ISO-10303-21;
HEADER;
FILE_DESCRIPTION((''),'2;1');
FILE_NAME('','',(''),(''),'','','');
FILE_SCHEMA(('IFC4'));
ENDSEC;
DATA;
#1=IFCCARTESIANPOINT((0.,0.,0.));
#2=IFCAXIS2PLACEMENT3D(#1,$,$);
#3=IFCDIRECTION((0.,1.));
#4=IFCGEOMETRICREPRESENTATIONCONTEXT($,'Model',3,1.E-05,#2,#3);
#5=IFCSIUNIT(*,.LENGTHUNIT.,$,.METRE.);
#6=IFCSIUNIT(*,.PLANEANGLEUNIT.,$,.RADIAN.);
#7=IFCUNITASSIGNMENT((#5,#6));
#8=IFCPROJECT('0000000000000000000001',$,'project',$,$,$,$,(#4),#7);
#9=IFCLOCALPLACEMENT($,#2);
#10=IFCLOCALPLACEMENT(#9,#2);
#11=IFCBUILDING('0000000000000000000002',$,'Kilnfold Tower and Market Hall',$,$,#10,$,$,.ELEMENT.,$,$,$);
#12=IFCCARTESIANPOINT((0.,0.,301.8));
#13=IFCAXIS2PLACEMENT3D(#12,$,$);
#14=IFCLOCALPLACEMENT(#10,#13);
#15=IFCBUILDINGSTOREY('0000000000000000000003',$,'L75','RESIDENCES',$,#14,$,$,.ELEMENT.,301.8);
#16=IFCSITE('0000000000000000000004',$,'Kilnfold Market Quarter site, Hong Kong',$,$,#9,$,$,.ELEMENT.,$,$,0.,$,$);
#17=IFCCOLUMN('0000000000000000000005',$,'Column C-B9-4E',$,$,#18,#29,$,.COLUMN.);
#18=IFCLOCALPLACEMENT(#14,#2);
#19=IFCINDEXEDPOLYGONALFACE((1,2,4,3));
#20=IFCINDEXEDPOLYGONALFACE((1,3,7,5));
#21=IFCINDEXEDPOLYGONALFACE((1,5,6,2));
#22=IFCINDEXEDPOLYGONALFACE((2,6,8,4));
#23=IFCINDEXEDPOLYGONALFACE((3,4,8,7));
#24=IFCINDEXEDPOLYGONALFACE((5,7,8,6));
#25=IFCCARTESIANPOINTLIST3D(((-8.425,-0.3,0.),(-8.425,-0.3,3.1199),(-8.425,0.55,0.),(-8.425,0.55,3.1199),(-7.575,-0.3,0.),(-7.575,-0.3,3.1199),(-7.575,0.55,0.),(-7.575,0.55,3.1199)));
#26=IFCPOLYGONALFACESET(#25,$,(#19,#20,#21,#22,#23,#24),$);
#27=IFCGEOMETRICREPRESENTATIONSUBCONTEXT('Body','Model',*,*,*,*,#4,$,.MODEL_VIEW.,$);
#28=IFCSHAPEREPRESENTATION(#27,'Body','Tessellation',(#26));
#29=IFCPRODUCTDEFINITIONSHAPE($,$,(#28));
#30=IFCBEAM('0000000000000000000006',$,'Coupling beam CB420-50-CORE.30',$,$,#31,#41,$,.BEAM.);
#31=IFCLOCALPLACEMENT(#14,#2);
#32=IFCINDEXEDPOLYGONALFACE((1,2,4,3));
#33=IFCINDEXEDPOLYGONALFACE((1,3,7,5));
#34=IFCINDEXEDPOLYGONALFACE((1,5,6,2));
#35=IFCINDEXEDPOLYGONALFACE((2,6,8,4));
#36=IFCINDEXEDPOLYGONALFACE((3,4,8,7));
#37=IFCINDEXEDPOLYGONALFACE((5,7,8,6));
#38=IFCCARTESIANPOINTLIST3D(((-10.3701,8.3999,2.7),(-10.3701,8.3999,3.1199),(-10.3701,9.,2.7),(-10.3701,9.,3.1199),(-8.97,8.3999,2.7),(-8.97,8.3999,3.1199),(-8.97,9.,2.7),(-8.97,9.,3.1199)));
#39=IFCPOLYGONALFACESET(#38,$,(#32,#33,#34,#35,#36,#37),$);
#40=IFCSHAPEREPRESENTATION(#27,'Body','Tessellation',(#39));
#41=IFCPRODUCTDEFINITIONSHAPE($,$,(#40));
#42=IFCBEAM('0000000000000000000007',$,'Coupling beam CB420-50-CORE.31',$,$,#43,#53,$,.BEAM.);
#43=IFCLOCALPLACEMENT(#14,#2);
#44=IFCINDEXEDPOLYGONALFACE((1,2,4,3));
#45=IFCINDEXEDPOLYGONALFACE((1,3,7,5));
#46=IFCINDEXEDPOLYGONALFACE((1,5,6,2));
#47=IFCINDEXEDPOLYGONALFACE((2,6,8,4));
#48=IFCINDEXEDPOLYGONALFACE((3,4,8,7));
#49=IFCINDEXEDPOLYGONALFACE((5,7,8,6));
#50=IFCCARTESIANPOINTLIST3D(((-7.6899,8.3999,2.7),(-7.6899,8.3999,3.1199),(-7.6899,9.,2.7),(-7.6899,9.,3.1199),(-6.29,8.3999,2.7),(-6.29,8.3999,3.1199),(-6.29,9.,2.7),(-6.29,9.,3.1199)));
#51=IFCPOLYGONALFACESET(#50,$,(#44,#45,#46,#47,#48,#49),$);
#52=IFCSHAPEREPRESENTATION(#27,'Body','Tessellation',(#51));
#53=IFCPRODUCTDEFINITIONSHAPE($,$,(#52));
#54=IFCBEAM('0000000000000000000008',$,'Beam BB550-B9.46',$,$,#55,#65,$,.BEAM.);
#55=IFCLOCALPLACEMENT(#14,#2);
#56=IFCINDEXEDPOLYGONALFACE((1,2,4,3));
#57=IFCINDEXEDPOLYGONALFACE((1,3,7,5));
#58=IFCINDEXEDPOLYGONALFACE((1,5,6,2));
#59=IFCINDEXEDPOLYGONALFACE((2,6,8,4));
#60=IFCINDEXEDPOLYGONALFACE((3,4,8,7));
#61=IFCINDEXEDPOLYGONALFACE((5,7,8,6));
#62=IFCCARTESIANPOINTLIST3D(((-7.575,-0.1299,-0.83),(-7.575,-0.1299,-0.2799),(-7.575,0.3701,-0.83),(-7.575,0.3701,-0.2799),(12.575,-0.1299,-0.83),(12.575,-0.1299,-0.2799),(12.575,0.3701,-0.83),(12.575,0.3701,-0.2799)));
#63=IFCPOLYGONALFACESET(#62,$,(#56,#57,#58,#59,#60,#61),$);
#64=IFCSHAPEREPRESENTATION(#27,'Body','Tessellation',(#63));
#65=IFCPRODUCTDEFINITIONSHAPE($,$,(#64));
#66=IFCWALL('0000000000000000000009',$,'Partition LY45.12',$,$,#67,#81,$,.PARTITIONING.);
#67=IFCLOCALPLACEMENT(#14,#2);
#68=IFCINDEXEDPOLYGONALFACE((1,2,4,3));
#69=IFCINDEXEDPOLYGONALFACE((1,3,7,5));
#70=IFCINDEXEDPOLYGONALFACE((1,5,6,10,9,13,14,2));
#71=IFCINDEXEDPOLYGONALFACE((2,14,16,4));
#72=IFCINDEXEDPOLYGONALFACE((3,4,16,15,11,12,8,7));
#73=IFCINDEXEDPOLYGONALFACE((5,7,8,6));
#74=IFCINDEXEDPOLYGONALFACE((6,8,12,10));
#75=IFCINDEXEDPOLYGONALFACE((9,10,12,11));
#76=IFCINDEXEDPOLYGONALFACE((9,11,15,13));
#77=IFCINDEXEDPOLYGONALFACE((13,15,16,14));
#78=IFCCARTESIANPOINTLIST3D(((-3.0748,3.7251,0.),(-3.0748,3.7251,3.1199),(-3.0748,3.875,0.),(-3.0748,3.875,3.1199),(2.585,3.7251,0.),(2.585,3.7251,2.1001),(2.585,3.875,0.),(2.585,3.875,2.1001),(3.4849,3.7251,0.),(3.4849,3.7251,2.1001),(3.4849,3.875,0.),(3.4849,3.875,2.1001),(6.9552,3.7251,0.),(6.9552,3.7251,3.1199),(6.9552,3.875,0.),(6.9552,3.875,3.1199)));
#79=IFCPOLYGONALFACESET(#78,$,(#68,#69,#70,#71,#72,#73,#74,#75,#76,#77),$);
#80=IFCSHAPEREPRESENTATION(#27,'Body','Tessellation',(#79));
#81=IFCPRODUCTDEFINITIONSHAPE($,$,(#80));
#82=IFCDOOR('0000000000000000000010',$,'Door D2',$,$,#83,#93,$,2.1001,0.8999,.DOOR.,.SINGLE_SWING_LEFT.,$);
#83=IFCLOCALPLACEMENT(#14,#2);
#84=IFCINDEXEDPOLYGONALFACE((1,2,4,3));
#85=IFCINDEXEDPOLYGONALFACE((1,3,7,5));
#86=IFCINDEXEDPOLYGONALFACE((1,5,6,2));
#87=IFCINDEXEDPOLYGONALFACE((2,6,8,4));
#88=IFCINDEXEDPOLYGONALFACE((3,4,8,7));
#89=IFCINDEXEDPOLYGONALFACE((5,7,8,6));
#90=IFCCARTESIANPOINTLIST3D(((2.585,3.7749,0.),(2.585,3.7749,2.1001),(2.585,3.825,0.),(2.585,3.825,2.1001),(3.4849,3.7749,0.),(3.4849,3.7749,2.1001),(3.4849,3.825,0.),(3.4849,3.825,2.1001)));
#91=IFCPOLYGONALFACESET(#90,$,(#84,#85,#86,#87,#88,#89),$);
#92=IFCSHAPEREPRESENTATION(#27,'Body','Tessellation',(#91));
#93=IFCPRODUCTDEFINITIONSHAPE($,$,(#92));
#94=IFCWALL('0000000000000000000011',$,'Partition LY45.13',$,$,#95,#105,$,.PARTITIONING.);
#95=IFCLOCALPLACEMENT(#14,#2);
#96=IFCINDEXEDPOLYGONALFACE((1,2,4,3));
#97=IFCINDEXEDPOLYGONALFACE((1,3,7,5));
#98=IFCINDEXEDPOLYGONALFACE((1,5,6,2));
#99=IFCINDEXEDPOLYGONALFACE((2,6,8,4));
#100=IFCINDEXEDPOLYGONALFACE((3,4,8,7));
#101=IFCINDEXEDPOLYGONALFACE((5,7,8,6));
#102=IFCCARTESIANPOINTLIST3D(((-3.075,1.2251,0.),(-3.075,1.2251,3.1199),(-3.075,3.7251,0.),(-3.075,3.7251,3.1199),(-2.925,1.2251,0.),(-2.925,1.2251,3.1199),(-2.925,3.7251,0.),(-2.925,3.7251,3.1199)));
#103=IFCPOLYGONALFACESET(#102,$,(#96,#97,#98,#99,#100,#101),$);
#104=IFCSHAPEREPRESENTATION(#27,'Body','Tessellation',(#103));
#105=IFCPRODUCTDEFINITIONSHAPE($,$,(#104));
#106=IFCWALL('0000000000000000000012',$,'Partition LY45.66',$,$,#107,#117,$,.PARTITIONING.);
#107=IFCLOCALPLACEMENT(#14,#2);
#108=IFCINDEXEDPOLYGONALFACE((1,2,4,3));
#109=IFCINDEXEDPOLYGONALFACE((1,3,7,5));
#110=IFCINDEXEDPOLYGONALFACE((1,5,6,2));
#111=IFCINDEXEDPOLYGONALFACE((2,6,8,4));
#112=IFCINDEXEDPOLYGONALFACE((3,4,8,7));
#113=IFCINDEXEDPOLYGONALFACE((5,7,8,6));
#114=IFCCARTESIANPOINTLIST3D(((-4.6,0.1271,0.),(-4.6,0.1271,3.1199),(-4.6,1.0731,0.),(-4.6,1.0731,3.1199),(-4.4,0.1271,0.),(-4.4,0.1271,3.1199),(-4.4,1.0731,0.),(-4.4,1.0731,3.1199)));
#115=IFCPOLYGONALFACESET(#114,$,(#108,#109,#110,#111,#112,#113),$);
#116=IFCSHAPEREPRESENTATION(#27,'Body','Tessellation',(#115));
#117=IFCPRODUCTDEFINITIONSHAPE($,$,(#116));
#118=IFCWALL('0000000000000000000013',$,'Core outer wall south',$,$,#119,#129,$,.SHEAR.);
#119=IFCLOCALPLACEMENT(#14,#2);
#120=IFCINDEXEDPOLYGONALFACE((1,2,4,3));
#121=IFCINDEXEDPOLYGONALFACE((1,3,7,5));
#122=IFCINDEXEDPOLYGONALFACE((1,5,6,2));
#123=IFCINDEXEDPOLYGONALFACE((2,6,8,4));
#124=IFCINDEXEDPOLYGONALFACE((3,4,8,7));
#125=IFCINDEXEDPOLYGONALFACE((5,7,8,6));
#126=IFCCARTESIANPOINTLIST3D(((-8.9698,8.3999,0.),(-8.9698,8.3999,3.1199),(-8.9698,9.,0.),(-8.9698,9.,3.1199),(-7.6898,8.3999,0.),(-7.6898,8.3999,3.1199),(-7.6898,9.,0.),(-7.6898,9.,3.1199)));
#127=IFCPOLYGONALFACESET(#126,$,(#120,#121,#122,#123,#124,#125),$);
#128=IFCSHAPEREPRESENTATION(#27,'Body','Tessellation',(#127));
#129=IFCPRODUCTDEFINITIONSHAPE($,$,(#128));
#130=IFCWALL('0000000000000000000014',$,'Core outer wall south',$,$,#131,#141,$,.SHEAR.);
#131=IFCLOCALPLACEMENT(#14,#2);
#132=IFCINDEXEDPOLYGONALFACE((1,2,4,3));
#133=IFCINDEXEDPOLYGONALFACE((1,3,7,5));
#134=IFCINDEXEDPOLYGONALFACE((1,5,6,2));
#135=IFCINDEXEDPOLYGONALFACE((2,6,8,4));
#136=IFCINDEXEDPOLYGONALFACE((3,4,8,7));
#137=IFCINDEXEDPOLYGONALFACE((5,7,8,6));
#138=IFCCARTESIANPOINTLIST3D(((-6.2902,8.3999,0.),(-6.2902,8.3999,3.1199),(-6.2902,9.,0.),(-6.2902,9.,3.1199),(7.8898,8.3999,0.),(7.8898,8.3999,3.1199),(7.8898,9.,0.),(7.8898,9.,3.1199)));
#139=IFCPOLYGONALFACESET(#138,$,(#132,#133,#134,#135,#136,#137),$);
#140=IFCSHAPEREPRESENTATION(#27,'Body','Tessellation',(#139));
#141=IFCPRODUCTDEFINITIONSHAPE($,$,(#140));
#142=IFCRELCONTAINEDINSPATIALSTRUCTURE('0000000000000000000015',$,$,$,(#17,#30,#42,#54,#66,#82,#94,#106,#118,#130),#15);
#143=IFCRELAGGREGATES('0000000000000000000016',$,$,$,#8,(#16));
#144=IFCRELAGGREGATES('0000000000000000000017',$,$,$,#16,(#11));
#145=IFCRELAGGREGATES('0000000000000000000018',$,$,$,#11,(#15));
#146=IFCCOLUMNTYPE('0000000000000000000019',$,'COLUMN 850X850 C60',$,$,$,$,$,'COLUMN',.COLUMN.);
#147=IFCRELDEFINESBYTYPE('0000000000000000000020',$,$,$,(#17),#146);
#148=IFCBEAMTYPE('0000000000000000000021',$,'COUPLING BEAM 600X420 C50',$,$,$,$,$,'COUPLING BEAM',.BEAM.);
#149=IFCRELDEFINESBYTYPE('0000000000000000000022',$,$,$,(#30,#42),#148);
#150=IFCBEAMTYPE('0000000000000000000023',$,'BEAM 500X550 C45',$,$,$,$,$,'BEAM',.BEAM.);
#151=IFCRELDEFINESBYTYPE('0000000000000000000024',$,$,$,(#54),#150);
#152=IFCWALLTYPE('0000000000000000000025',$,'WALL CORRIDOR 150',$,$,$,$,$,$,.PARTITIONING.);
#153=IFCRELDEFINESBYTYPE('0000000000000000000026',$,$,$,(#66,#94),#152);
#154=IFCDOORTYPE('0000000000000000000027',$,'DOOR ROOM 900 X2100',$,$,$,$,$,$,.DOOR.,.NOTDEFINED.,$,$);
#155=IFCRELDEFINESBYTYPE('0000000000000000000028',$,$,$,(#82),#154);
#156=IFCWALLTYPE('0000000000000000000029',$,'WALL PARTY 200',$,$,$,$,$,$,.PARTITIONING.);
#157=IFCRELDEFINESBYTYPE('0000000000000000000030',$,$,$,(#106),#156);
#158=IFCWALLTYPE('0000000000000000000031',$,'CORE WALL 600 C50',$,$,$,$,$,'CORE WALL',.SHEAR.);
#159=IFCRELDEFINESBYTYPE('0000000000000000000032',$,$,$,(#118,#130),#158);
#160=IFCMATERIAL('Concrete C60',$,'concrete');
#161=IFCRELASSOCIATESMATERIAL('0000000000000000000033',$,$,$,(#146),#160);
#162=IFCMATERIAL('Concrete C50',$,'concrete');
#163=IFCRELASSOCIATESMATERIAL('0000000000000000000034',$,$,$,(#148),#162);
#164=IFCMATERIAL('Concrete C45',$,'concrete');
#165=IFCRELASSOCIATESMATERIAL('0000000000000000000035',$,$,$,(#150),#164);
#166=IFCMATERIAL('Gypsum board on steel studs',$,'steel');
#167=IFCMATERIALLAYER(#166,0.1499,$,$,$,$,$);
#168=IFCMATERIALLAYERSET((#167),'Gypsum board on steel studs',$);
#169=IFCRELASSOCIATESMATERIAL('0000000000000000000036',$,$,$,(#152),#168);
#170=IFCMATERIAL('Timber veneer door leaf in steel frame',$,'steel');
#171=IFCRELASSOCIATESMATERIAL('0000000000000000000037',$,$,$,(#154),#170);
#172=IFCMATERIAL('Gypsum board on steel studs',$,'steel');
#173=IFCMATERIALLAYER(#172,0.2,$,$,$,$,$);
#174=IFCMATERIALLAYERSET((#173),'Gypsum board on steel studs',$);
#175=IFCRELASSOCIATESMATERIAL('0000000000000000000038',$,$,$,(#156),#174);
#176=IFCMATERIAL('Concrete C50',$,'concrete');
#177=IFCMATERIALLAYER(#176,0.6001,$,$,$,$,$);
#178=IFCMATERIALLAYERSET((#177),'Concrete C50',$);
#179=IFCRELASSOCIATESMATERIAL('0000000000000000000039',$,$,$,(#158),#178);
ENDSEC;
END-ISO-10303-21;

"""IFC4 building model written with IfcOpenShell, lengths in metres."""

from ifc_helpers import new_model, si_unit, direction, frame, frame_2d, origin, origin_2d, place, context, subcontext, project, spatial, rectangle, extrude, source, transform, mapped, material, layer, layer_set, material_profile, profile_set, type_object, element, fill, save


model = new_model("IFC4")

# Units and contexts
model_context = context("Model", 3, precision=1e-05, world=origin(), true_north=direction((0.0, 1.0)))
body_context = subcontext(model_context, "Body", "Model", "MODEL_VIEW")
ifc_project = project(units=[si_unit("LENGTHUNIT", "METRE"), si_unit("PLANEANGLEUNIT", "RADIAN")], contexts=[model_context])

# Site, building, storey
site_placement = place(None, origin())
site = spatial("IfcSite", under=ifc_project, at=site_placement, Name="Kilnfold Market Quarter site, Hong Kong", CompositionType="ELEMENT", RefElevation=0.0)
building_placement = place(site_placement, origin())
building = spatial("IfcBuilding", under=site, at=building_placement, Name="Kilnfold Tower and Market Hall", CompositionType="ELEMENT")
storey_placement = place(building_placement, frame((0.0, 0.0, 301.8)))
storey = spatial("IfcBuildingStorey", under=building, at=storey_placement, Name="L75", Description="RESIDENCES", CompositionType="ELEMENT", Elevation=301.8)

# Column
ifc_material_1 = material(Name="Concrete C60", Category="concrete")
ifc_material_profile_1 = material_profile(ifc_material_1, rectangle(XDim=0.8501, YDim=0.8501, at=origin_2d()), Name="RC 850x850")
ifc_profile_set_1 = profile_set([ifc_material_profile_1], Name="Concrete C60")
column_type = type_object("IfcColumnType", Name="COLUMN 850X850 C60", ElementType="COLUMN", PredefinedType="COLUMN", material=ifc_profile_set_1)
shared_shape_1 = source(origin(), body_context, "Body", "SweptSolid", [
    extrude(rectangle(XDim=0.8501, YDim=0.8501, at=origin_2d()), origin(), (0.0, 0.0, 1.0), 3.1199),
])
column_placement = place(storey_placement, frame((-8.0, 0.125, 0.0), z_axis=(0.0, 0.0, 1.0), x_axis=(1.0, 0.0, 0.0)))
element("IfcColumn", 1, at=column_placement, inside=storey, type_object=column_type, Name="Column C-B9-4E", PredefinedType="COLUMN", context=body_context, shape_type="MappedRepresentation", body=[
    mapped(shared_shape_1, transform((0.0, 0.0, 0.0))),
])

# Beams
ifc_material_2 = material(Name="Concrete C50", Category="concrete")
ifc_material_profile_2 = material_profile(ifc_material_2, rectangle(XDim=0.6001, YDim=0.4199, at=origin_2d()), Name="RC 600x420")
ifc_profile_set_2 = profile_set([ifc_material_profile_2], Name="Concrete C50")
beam_type_1 = type_object("IfcBeamType", Name="COUPLING BEAM 600X420 C50", ElementType="COUPLING BEAM", PredefinedType="BEAM", material=ifc_profile_set_2)
shared_shape_2 = source(origin(), body_context, "Body", "SweptSolid", [
    extrude(rectangle(XDim=0.6001, YDim=0.4199, at=origin_2d()), origin(), (0.0, 0.0, 1.0), 1.4001),
])
beam_1_placement = place(storey_placement, frame((-10.3701, 8.7, 2.9099), z_axis=(1.0, 0.0, 0.0), x_axis=(0.0, 1.0, 0.0)))
element("IfcBeam", 2, at=beam_1_placement, inside=storey, type_object=beam_type_1, Name="Coupling beam CB420-50-CORE.30", PredefinedType="BEAM", context=body_context, shape_type="MappedRepresentation", body=[
    mapped(shared_shape_2, transform((0.0, 0.0, 0.0))),
])
shared_shape_3 = source(origin(), body_context, "Body", "SweptSolid", [
    extrude(rectangle(XDim=0.6001, YDim=0.4199, at=origin_2d()), origin(), (0.0, 0.0, 1.0), 1.3999),
])
beam_2_placement = place(storey_placement, frame((-7.6899, 8.7, 2.9099), z_axis=(1.0, 0.0, 0.0), x_axis=(0.0, 1.0, 0.0)))
element("IfcBeam", 3, at=beam_2_placement, inside=storey, type_object=beam_type_1, Name="Coupling beam CB420-50-CORE.31", PredefinedType="BEAM", context=body_context, shape_type="MappedRepresentation", body=[
    mapped(shared_shape_3, transform((0.0, 0.0, 0.0))),
])
ifc_material_3 = material(Name="Concrete C45", Category="concrete")
ifc_material_profile_3 = material_profile(ifc_material_3, rectangle(XDim=0.5, YDim=0.55, at=origin_2d()), Name="RC 500x550")
ifc_profile_set_3 = profile_set([ifc_material_profile_3], Name="Concrete C45")
beam_type_2 = type_object("IfcBeamType", Name="BEAM 500X550 C45", ElementType="BEAM", PredefinedType="BEAM", material=ifc_profile_set_3)
shared_shape_4 = source(origin(), body_context, "Body", "SweptSolid", [
    extrude(rectangle(XDim=0.5, YDim=0.55, at=origin_2d()), origin(), (0.0, 0.0, 1.0), 20.1499),
])
beam_3_placement = place(storey_placement, frame((-7.575, 0.1201, -0.5549), z_axis=(1.0, 0.0, 0.0), x_axis=(0.0, 1.0, 0.0)))
element("IfcBeam", 4, at=beam_3_placement, inside=storey, type_object=beam_type_2, Name="Beam BB550-B9.46", PredefinedType="BEAM", context=body_context, shape_type="MappedRepresentation", body=[
    mapped(shared_shape_4, transform((0.0, 0.0, 0.0))),
])

# Wall, opening, door
ifc_material_4 = material(Name="Gypsum board on steel studs", Category="steel")
ifc_layer_1 = layer(ifc_material_4, 0.1499)
ifc_layer_set_1 = layer_set([ifc_layer_1], Name="Gypsum board on steel studs")
wall_type_1 = type_object("IfcWallType", Name="WALL CORRIDOR 150", PredefinedType="PARTITIONING", material=ifc_layer_set_1)
wall_1_placement = place(storey_placement, frame((-3.075, 3.8, 0.0), z_axis=(0.0, 0.0, 1.0), x_axis=(1.0, 0.0, 0.0)))
wall_1 = element("IfcWall", 5, at=wall_1_placement, inside=storey, type_object=wall_type_1, Name="Partition LY45.12", PredefinedType="PARTITIONING", context=body_context, shape_type="SweptSolid", body=[
    extrude(rectangle(XDim=10.03, YDim=0.1499, at=frame_2d((5.0151, 0.0))), origin(), (0.0, 0.0, 1.0), 3.1199),
])
opening_1_placement = place(wall_1_placement, frame((5.6599, 0.0, 0.0)))
opening_1 = element("IfcOpeningElement", 6, at=opening_1_placement, cuts=wall_1, PredefinedType="OPENING", context=body_context, shape_type="SweptSolid", body=[
    extrude(rectangle(XDim=0.8999, YDim=2.1001, at=frame_2d((0.45, 1.05))), frame((0.0, 0.085, 0.0), z_axis=(0.0, -1.0, 0.0), x_axis=(1.0, 0.0, 0.0)), (0.0, 0.0, 1.0), 0.1699),
])
ifc_material_5 = material(Name="Timber veneer door leaf in steel frame", Category="steel")
door_type_1 = type_object("IfcDoorType", Name="DOOR ROOM 900 X2100", OperationType="NOTDEFINED", PredefinedType="DOOR", material=ifc_material_5)
door_1_placement = place(opening_1_placement, origin())
door_1 = element("IfcDoor", 7, at=door_1_placement, inside=storey, type_object=door_type_1, Name="Door D2", OperationType="SINGLE_SWING_LEFT", OverallHeight=2.1001, OverallWidth=0.8999, PredefinedType="DOOR", context=body_context, shape_type="SweptSolid", body=[
    extrude(rectangle(XDim=0.8999, YDim=2.1001, at=frame_2d((0.45, 1.05))), frame((0.0, 0.0249, 0.0), z_axis=(0.0, -1.0, 0.0), x_axis=(1.0, 0.0, 0.0)), (0.0, 0.0, 1.0), 0.05),
])
fill(opening_1, door_1)

# Walls
wall_2_placement = place(storey_placement, frame((-3.0, 1.2251, 0.0), z_axis=(0.0, 0.0, 1.0), x_axis=(0.0, 1.0, 0.0)))
element("IfcWall", 8, at=wall_2_placement, inside=storey, type_object=wall_type_1, Name="Partition LY45.13", PredefinedType="PARTITIONING", context=body_context, shape_type="SweptSolid", body=[
    extrude(rectangle(XDim=2.5, YDim=0.1499, at=frame_2d((1.25, 0.0))), origin(), (0.0, 0.0, 1.0), 3.1199),
])
ifc_material_6 = material(Name="Gypsum board on steel studs", Category="steel")
ifc_layer_2 = layer(ifc_material_6, 0.2)
ifc_layer_set_2 = layer_set([ifc_layer_2], Name="Gypsum board on steel studs")
wall_type_2 = type_object("IfcWallType", Name="WALL PARTY 200", PredefinedType="PARTITIONING", material=ifc_layer_set_2)
wall_3_placement = place(storey_placement, frame((-4.5, 0.127, 0.0), z_axis=(0.0, 0.0, 1.0), x_axis=(0.0, 1.0, 0.0)))
element("IfcWall", 9, at=wall_3_placement, inside=storey, type_object=wall_type_2, Name="Partition LY45.66", PredefinedType="PARTITIONING", context=body_context, shape_type="SweptSolid", body=[
    extrude(rectangle(XDim=0.946, YDim=0.2, at=frame_2d((0.4731, 0.0))), origin(), (0.0, 0.0, 1.0), 3.1199),
])
ifc_material_7 = material(Name="Concrete C50", Category="concrete")
ifc_layer_3 = layer(ifc_material_7, 0.6001)
ifc_layer_set_3 = layer_set([ifc_layer_3], Name="Concrete C50")
wall_type_3 = type_object("IfcWallType", Name="CORE WALL 600 C50", ElementType="CORE WALL", PredefinedType="SHEAR", material=ifc_layer_set_3)
shared_shape_5 = source(origin(), body_context, "Body", "SweptSolid", [
    extrude(rectangle(XDim=1.28, YDim=0.6001, at=frame_2d((0.6401, 0.0))), origin(), (0.0, 0.0, 1.0), 3.1199),
])
wall_4_placement = place(storey_placement, frame((-8.97, 8.7, 0.0), z_axis=(0.0, 0.0, 1.0), x_axis=(1.0, 0.0, 0.0)))
element("IfcWall", 10, at=wall_4_placement, inside=storey, type_object=wall_type_3, Name="Core outer wall south", PredefinedType="SHEAR", context=body_context, shape_type="MappedRepresentation", body=[
    mapped(shared_shape_5, transform((0.0, 0.0, 0.0))),
])
shared_shape_6 = source(origin(), body_context, "Body", "SweptSolid", [
    extrude(rectangle(XDim=14.1799, YDim=0.6001, at=frame_2d((7.0898, 0.0))), origin(), (0.0, 0.0, 1.0), 3.1199),
])
wall_5_placement = place(storey_placement, frame((-6.29, 8.7, 0.0), z_axis=(0.0, 0.0, 1.0), x_axis=(1.0, 0.0, 0.0)))
element("IfcWall", 11, at=wall_5_placement, inside=storey, type_object=wall_type_3, Name="Core outer wall south", PredefinedType="SHEAR", context=body_context, shape_type="MappedRepresentation", body=[
    mapped(shared_shape_6, transform((0.0, 0.0, 0.0))),
])

save(model, "model.ifc")
